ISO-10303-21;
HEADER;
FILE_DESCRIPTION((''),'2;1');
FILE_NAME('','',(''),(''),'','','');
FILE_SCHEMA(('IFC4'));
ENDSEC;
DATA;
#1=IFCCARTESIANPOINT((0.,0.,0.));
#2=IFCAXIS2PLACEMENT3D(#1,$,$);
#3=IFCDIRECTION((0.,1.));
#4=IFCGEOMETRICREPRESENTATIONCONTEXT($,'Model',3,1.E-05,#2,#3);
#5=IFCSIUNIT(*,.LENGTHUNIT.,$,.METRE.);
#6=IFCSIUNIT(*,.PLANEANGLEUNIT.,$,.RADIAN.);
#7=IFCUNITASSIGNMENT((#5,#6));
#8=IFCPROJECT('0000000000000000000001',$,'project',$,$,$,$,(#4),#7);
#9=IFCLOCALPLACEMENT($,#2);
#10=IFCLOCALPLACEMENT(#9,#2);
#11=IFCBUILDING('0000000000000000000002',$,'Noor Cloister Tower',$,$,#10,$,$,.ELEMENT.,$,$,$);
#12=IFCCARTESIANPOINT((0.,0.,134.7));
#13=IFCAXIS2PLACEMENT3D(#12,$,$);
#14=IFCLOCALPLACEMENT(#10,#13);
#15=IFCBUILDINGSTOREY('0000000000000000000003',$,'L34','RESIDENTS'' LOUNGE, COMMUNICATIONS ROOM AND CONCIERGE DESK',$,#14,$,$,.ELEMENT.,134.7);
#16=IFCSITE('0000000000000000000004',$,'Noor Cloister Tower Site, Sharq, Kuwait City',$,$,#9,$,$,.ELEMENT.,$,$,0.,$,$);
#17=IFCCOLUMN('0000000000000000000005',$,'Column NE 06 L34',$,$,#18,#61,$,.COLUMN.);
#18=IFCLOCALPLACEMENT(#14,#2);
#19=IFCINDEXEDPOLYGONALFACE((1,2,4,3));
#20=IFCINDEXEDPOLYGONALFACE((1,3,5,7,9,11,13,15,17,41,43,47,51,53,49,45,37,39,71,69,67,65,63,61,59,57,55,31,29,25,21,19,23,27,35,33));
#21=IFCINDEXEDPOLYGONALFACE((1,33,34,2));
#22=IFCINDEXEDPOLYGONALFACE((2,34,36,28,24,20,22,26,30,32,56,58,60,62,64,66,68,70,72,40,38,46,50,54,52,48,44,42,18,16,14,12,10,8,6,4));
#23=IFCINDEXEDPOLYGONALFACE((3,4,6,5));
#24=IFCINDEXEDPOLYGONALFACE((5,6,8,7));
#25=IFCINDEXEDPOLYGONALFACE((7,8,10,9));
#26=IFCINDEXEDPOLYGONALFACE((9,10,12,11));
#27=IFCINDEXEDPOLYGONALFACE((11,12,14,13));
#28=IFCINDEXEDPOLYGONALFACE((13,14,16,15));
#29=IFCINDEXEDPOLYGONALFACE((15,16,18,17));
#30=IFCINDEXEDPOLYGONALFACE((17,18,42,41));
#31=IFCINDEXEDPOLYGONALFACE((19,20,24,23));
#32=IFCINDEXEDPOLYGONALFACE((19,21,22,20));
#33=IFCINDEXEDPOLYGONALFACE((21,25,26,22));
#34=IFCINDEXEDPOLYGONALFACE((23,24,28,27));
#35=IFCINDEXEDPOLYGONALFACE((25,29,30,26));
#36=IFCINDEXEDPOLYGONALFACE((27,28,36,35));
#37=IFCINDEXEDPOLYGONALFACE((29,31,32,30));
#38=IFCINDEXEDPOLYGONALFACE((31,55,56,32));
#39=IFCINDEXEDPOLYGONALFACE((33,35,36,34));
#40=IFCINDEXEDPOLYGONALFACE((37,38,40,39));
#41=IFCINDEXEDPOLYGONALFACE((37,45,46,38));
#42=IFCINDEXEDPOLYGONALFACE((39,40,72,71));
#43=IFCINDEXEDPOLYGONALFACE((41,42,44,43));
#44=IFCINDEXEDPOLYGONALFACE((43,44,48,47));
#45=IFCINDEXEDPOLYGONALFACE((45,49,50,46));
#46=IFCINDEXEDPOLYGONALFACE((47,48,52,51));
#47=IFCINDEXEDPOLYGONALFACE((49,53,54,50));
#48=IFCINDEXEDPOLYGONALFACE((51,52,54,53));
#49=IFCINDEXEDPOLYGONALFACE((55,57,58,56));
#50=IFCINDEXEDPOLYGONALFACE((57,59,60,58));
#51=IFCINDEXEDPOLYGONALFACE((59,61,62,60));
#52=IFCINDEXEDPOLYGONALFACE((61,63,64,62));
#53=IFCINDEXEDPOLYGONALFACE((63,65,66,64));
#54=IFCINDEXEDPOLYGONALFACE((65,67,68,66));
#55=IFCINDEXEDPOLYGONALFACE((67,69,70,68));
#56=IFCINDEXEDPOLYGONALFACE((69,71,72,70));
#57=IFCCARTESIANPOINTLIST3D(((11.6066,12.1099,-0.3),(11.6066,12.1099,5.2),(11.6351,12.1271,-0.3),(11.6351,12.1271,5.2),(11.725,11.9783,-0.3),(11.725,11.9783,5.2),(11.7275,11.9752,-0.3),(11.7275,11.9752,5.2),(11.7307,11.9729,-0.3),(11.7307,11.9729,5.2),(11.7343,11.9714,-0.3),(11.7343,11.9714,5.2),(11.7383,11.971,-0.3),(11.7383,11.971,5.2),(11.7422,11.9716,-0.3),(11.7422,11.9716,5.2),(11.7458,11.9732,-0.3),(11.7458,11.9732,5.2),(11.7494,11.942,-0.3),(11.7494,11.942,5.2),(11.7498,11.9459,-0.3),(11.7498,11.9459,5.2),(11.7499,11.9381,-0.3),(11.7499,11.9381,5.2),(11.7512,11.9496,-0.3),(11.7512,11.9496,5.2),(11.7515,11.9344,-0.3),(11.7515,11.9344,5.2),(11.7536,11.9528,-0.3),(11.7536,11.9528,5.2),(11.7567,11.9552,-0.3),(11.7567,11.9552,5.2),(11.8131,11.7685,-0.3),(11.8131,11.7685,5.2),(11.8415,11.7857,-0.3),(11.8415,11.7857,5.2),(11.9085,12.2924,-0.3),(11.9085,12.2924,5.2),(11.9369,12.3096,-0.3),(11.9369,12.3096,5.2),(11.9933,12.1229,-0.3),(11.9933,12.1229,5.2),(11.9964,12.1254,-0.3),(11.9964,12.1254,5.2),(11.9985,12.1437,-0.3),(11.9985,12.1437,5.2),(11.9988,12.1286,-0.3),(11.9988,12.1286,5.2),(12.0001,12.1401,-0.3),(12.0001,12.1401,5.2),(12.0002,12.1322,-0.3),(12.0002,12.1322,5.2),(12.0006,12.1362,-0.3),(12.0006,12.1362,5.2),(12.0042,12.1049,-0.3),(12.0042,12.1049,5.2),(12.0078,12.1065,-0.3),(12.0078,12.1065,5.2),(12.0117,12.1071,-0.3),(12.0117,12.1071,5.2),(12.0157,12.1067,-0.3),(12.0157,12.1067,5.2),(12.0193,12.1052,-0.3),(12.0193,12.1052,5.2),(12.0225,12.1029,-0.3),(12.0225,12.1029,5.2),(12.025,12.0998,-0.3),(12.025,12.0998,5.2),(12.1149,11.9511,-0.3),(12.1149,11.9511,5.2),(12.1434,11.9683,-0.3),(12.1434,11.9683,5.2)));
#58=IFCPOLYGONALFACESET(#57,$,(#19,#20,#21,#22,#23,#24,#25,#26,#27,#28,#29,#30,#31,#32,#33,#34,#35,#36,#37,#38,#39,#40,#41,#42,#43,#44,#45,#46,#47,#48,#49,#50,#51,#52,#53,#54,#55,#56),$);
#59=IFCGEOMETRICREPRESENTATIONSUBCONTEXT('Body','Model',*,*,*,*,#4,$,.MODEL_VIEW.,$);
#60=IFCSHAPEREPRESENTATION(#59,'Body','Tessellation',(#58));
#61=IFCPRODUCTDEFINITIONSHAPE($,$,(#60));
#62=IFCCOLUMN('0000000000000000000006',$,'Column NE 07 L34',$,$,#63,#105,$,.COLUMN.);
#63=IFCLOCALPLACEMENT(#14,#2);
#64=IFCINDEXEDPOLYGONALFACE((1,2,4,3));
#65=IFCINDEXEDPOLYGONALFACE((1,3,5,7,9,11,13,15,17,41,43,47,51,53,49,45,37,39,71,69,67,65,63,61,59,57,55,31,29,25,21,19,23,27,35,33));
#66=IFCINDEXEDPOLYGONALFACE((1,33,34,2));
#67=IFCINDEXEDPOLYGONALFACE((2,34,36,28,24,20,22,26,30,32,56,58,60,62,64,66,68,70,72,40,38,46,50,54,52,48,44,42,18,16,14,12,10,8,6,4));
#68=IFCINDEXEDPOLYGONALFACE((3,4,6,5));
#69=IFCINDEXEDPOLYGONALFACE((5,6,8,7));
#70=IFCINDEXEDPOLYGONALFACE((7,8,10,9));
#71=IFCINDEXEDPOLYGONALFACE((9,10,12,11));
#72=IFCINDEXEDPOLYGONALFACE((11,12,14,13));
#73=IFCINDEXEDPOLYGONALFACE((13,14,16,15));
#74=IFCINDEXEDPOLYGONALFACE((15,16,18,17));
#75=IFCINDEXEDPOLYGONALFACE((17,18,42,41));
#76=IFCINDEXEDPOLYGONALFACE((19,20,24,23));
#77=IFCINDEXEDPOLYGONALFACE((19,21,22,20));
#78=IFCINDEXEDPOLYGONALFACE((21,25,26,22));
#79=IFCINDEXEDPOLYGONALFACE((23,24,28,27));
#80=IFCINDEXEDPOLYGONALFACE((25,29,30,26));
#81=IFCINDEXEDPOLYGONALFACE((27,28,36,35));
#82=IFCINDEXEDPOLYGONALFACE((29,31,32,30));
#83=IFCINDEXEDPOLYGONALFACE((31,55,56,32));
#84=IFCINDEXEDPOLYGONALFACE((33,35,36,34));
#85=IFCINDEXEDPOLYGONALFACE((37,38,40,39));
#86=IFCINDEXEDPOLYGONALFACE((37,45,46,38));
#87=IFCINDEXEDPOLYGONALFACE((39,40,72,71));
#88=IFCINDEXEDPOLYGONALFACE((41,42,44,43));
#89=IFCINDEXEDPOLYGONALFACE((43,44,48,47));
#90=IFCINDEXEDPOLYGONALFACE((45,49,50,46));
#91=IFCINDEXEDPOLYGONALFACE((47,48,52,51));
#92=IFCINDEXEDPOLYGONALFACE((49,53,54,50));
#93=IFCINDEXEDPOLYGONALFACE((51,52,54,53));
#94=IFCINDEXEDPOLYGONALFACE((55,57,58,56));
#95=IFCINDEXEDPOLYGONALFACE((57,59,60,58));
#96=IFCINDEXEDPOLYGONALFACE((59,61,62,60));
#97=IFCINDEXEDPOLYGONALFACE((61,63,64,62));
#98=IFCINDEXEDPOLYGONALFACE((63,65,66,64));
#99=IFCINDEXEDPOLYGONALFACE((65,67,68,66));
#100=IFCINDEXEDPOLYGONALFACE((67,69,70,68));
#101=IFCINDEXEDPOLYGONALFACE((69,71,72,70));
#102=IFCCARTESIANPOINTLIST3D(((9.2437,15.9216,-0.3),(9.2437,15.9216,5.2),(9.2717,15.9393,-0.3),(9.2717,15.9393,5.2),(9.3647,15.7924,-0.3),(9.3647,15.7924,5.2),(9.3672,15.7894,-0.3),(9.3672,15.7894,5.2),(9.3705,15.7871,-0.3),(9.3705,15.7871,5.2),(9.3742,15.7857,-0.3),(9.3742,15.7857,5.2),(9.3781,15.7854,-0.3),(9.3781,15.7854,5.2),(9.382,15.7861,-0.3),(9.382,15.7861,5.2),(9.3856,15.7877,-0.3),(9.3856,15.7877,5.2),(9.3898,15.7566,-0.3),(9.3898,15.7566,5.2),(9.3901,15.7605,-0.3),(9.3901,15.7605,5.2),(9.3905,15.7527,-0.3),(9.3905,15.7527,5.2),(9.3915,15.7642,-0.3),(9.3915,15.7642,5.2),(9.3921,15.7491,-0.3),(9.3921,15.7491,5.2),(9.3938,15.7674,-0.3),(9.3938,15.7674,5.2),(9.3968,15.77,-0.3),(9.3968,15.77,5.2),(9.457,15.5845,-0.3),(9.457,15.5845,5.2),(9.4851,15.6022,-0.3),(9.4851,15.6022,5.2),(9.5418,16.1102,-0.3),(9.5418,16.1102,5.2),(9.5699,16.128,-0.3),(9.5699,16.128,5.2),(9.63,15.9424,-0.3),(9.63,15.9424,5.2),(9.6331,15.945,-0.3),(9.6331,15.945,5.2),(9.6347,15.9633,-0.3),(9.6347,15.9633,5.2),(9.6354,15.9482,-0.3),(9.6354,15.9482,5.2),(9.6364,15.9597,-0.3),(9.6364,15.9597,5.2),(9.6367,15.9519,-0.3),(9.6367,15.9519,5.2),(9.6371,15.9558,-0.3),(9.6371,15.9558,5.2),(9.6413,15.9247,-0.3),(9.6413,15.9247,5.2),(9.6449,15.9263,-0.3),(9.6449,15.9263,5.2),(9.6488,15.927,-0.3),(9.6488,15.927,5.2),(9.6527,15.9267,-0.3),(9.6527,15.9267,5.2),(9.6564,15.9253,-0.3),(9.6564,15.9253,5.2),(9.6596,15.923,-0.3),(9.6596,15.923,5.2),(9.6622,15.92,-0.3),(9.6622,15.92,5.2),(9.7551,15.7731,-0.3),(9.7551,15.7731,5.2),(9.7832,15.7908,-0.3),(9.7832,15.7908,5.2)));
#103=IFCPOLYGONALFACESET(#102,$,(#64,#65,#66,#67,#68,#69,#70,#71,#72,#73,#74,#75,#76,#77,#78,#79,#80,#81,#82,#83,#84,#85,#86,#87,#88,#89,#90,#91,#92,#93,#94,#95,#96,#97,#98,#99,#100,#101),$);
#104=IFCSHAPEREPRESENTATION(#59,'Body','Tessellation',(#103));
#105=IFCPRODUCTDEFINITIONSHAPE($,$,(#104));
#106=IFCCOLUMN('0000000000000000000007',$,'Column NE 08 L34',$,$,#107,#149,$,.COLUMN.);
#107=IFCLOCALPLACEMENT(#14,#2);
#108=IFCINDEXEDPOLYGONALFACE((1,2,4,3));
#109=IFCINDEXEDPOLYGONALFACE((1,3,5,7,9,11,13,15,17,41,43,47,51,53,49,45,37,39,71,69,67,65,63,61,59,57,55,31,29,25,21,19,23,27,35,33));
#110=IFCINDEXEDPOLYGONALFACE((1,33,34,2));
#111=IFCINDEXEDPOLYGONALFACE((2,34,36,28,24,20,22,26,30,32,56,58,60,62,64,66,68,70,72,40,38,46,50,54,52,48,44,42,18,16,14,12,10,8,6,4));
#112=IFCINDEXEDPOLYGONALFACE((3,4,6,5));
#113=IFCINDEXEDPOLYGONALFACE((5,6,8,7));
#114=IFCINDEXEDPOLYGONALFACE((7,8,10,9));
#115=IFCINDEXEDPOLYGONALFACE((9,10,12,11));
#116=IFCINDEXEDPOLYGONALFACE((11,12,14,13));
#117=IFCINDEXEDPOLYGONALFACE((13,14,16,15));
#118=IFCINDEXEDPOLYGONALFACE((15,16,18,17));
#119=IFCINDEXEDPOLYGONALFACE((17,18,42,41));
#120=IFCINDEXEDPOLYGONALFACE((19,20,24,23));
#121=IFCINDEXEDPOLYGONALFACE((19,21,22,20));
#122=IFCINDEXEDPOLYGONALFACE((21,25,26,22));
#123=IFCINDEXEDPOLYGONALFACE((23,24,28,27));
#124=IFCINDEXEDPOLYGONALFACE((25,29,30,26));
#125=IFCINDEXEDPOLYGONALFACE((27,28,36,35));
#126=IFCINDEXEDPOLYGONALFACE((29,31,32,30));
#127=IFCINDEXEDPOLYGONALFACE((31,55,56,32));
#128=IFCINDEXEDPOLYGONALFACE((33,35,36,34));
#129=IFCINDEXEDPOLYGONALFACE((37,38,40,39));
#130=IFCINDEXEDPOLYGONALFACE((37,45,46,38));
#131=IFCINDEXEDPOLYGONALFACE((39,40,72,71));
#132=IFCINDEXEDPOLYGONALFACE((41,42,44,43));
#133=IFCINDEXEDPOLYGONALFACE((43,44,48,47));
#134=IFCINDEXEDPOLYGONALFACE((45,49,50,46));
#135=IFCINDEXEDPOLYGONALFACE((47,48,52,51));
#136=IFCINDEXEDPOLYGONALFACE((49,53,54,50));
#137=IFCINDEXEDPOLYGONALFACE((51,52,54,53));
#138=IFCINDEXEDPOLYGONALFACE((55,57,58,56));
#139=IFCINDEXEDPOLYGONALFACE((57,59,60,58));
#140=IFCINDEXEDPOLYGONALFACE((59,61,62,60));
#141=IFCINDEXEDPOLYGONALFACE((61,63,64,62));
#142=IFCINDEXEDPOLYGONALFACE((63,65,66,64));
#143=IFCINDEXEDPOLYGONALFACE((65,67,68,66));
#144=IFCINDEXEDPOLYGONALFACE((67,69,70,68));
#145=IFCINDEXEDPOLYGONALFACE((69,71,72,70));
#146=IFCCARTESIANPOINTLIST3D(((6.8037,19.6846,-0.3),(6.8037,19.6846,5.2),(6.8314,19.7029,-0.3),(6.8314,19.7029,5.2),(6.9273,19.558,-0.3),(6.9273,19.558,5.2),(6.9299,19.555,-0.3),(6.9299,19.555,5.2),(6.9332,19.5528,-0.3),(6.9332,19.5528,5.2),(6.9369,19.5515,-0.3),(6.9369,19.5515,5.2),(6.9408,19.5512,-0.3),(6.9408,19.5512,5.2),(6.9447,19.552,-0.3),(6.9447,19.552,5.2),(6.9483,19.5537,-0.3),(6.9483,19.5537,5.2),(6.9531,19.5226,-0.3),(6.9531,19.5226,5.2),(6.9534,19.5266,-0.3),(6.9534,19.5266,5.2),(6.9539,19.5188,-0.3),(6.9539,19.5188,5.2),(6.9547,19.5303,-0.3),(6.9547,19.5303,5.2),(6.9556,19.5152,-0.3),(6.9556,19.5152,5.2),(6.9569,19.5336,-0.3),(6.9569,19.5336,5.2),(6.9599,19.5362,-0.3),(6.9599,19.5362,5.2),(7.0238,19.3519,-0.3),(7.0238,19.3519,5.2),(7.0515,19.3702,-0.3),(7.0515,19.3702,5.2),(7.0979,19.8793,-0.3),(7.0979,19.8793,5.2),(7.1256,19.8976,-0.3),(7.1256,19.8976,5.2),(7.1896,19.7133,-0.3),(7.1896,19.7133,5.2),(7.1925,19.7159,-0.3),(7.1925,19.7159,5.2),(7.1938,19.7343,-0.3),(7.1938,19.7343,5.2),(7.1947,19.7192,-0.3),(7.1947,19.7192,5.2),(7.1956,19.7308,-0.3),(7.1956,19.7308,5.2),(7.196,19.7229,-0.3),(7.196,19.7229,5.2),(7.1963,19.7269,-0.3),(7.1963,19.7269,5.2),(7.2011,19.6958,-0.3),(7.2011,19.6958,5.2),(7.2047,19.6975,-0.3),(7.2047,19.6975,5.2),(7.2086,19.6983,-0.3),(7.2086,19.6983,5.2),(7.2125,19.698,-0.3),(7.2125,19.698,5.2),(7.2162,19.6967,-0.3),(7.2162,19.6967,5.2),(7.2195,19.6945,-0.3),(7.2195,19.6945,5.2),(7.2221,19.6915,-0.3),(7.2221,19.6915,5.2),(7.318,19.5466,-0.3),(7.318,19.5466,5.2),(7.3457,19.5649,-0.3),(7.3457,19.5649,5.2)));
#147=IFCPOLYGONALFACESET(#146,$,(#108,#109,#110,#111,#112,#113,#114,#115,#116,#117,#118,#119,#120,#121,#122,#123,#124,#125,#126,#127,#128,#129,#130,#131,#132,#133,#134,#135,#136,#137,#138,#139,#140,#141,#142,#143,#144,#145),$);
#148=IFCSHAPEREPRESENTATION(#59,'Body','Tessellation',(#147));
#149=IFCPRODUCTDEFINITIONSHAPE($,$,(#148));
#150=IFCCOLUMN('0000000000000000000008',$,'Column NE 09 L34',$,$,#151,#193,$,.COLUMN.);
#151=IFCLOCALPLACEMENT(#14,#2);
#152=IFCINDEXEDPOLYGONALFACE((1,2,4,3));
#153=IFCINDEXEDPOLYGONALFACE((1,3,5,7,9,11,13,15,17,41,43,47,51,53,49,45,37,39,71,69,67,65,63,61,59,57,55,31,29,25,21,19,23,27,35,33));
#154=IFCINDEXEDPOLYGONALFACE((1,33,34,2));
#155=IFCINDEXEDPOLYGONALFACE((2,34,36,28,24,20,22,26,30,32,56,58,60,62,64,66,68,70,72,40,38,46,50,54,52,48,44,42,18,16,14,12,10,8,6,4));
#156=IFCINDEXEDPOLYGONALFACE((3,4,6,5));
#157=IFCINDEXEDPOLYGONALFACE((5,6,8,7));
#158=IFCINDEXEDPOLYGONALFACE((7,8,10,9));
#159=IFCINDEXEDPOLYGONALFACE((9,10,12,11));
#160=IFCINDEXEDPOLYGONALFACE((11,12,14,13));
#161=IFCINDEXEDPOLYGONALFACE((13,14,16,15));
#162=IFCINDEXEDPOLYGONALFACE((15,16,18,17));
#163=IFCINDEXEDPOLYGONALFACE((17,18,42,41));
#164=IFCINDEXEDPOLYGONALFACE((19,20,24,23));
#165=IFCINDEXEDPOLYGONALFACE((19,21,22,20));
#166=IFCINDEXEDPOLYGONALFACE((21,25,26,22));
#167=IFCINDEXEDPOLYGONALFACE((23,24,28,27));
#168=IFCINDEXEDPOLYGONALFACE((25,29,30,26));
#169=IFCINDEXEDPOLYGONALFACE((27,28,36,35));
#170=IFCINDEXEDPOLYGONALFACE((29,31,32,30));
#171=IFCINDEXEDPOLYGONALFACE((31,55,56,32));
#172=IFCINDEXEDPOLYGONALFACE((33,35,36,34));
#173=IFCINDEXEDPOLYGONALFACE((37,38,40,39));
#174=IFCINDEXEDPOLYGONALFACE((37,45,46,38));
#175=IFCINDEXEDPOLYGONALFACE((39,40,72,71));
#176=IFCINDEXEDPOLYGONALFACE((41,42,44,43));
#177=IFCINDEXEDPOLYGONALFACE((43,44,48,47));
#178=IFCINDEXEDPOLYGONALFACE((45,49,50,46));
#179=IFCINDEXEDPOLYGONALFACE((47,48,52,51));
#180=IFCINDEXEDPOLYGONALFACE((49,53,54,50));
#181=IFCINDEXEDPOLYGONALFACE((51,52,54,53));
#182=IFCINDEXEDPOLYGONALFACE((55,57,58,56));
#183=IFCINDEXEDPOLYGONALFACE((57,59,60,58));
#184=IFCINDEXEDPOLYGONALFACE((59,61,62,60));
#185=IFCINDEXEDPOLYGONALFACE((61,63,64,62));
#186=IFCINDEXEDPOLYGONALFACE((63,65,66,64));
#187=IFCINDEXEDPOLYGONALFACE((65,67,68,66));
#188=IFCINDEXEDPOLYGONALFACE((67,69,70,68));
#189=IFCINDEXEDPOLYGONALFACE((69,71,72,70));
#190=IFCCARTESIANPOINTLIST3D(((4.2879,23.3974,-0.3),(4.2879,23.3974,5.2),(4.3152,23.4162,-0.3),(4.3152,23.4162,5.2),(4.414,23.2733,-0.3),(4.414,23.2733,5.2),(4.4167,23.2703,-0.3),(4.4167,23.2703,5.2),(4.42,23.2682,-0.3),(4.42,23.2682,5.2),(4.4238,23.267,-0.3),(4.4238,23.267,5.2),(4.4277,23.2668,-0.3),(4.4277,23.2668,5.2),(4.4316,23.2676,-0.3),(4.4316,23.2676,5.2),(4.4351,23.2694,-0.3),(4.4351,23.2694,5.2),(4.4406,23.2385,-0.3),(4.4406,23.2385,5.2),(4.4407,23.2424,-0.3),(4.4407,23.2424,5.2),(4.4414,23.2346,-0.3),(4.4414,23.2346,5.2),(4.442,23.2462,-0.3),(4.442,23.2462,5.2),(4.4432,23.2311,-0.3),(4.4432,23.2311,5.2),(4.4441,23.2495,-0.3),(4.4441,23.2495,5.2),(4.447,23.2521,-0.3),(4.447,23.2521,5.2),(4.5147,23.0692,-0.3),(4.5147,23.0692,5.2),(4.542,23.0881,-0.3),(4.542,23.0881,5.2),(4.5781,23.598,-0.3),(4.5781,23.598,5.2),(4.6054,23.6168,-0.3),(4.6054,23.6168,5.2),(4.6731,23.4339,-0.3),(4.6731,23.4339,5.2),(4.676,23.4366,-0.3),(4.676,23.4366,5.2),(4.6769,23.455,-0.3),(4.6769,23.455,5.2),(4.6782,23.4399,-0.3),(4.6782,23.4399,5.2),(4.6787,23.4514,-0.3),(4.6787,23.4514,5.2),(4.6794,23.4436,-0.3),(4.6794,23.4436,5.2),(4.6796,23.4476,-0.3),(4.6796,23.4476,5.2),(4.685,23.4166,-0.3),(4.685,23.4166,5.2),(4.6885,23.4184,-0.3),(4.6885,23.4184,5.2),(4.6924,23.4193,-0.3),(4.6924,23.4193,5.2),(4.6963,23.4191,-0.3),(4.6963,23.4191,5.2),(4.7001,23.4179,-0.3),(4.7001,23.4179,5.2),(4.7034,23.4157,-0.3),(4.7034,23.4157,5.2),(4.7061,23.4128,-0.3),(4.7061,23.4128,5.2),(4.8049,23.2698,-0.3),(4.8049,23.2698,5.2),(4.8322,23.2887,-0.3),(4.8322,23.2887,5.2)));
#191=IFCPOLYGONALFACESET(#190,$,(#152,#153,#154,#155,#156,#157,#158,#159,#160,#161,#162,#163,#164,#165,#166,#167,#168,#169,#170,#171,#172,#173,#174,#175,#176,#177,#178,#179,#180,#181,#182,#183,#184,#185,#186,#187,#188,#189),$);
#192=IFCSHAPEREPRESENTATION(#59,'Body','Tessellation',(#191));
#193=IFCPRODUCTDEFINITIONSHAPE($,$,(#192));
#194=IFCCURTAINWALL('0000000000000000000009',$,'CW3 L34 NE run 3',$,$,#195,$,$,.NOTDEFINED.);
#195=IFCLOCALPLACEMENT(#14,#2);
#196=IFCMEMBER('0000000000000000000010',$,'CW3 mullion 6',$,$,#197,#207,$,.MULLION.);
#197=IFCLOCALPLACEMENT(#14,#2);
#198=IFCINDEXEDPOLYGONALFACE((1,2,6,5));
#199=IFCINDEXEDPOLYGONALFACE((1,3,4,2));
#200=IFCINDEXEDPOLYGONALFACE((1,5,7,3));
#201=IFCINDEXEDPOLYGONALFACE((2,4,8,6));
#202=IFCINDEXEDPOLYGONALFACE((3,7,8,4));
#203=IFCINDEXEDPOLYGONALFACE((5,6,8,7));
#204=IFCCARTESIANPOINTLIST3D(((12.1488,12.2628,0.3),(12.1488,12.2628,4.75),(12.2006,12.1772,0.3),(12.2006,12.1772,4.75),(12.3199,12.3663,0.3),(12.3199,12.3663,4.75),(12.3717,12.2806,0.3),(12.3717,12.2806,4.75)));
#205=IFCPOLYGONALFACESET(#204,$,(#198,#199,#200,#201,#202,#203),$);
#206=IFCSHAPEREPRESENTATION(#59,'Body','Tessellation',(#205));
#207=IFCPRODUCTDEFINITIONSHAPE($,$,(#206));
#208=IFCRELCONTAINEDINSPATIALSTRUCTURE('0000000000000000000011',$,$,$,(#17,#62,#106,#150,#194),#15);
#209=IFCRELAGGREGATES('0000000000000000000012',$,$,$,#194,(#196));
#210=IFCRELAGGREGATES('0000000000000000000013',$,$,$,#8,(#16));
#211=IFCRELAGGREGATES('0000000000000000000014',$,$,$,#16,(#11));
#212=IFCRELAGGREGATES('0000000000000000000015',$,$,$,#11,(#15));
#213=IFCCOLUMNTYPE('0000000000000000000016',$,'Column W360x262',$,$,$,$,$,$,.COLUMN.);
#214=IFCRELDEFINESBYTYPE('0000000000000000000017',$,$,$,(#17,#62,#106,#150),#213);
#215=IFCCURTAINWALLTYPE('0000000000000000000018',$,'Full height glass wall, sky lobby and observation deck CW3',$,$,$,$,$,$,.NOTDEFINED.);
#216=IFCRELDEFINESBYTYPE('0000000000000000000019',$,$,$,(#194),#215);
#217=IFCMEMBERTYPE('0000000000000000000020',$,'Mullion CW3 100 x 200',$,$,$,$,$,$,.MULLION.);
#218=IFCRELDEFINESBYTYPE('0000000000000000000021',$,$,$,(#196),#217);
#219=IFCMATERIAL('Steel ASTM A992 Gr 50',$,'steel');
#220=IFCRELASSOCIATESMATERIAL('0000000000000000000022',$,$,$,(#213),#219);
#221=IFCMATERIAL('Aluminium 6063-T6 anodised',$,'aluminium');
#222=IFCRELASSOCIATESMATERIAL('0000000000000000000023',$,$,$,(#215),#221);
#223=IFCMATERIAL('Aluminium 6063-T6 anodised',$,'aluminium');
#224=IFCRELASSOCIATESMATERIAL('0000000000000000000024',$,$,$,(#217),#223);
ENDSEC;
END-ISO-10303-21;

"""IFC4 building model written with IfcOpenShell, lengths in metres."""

from ifc_helpers import new_model, si_unit, direction, frame, origin, origin_2d, place, context, subcontext, project, spatial, rectangle, i_section, extrude, material, material_profile, profile_set, type_object, element, aggregate, save


model = new_model("IFC4")

# Units and contexts
model_context = context("Model", 3, precision=1e-05, world=origin(), true_north=direction((0.0, 1.0)))
body_context = subcontext(model_context, "Body", "Model", "MODEL_VIEW")
ifc_project = project(units=[si_unit("LENGTHUNIT", "METRE"), si_unit("PLANEANGLEUNIT", "RADIAN")], contexts=[model_context])

# Site, building, storey
site_placement = place(None, origin())
site = spatial("IfcSite", under=ifc_project, at=site_placement, Name="Noor Cloister Tower Site, Sharq, Kuwait City", CompositionType="ELEMENT", RefElevation=0.0)
building_placement = place(site_placement, origin())
building = spatial("IfcBuilding", under=site, at=building_placement, Name="Noor Cloister Tower", CompositionType="ELEMENT")
storey_placement = place(building_placement, frame((0.0, 0.0, 134.7)))
storey = spatial("IfcBuildingStorey", under=building, at=storey_placement, Name="L34", Description="RESIDENTS' LOUNGE, COMMUNICATIONS ROOM AND CONCIERGE DESK", CompositionType="ELEMENT", Elevation=134.7)

# Columns
ifc_material_1 = material(Name="Steel ASTM A992 Gr 50", Category="steel")
ifc_material_profile_1 = material_profile(ifc_material_1, i_section(OverallWidth=0.3989, OverallDepth=0.386, WebThickness=0.021, FlangeThickness=0.0332, FilletRadius=0.0151, at=origin_2d()), Name="W360x262")
ifc_profile_set_1 = profile_set([ifc_material_profile_1], Name="Steel ASTM A992 Gr 50")
column_type = type_object("IfcColumnType", Name="Column W360x262", PredefinedType="COLUMN", material=ifc_profile_set_1)
for number, where, z_axis, x_axis, name in (
    (1, (11.875, 12.0391, -0.3), (0.0, 0.0, 1.0), (-0.517472, 0.8557, 0.0), "Column NE 06 L34"),
    (2, (9.5134, 15.8562, -0.3), (0.0, 0.0, 1.0), (-0.53473, 0.845023, 0.0), "Column NE 07 L34"),
    (3, (7.0747, 19.6248, -0.3), (0.0, 0.0, 1.0), (-0.551768, 0.833997, 0.0), "Column NE 08 L34"),
    (4, (4.5601, 23.343, -0.3), (0.0, 0.0, 1.0), (-0.568579, 0.822628, 0.0), "Column NE 09 L34"),
):
    element("IfcColumn", number, at=place(storey_placement, frame(where, z_axis=z_axis, x_axis=x_axis)), inside=storey, type_object=column_type, Name=name, PredefinedType="COLUMN", context=body_context, shape_type="SweptSolid", body=[
        extrude(i_section(OverallWidth=0.3989, OverallDepth=0.386, WebThickness=0.021, FlangeThickness=0.0332, FilletRadius=0.0151, at=origin_2d()), origin(), (0.0, 0.0, 1.0), 5.5),
    ])

# Curtain wall, member
ifc_material_2 = material(Name="Aluminium 6063-T6 anodised", Category="aluminium")
curtain_wall_type = type_object("IfcCurtainWallType", Name="Full height glass wall, sky lobby and observation deck CW3", PredefinedType="NOTDEFINED", material=ifc_material_2)
curtain_wall_placement = place(storey_placement, origin())
curtain_wall = element("IfcCurtainWall", 5, at=curtain_wall_placement, inside=storey, type_object=curtain_wall_type, Name="CW3 L34 NE run 3", PredefinedType="NOTDEFINED")
ifc_material_3 = material(Name="Aluminium 6063-T6 anodised", Category="aluminium")
ifc_material_profile_2 = material_profile(ifc_material_3, rectangle(XDim=0.2, YDim=0.1001, at=origin_2d()), Name="200 x 100 mullion")
ifc_profile_set_2 = profile_set([ifc_material_profile_2], Name="Aluminium 6063-T6 anodised")
member_type = type_object("IfcMemberType", Name="Mullion CW3 100 x 200", PredefinedType="MULLION", material=ifc_profile_set_2)
member_1_placement = place(storey_placement, frame((12.2603, 12.2717, 0.3), z_axis=(0.0, 0.0, 1.0), x_axis=(-0.8557, -0.517472, 0.0)))
member_1 = element("IfcMember", 6, at=member_1_placement, type_object=member_type, Name="CW3 mullion 6", PredefinedType="MULLION", context=body_context, shape_type="SweptSolid", body=[
    extrude(rectangle(XDim=0.2, YDim=0.1001, at=origin_2d()), origin(), (0.0, 0.0, 1.0), 4.45),
])

aggregate(curtain_wall, [member_1])

save(model, "model.ifc")
